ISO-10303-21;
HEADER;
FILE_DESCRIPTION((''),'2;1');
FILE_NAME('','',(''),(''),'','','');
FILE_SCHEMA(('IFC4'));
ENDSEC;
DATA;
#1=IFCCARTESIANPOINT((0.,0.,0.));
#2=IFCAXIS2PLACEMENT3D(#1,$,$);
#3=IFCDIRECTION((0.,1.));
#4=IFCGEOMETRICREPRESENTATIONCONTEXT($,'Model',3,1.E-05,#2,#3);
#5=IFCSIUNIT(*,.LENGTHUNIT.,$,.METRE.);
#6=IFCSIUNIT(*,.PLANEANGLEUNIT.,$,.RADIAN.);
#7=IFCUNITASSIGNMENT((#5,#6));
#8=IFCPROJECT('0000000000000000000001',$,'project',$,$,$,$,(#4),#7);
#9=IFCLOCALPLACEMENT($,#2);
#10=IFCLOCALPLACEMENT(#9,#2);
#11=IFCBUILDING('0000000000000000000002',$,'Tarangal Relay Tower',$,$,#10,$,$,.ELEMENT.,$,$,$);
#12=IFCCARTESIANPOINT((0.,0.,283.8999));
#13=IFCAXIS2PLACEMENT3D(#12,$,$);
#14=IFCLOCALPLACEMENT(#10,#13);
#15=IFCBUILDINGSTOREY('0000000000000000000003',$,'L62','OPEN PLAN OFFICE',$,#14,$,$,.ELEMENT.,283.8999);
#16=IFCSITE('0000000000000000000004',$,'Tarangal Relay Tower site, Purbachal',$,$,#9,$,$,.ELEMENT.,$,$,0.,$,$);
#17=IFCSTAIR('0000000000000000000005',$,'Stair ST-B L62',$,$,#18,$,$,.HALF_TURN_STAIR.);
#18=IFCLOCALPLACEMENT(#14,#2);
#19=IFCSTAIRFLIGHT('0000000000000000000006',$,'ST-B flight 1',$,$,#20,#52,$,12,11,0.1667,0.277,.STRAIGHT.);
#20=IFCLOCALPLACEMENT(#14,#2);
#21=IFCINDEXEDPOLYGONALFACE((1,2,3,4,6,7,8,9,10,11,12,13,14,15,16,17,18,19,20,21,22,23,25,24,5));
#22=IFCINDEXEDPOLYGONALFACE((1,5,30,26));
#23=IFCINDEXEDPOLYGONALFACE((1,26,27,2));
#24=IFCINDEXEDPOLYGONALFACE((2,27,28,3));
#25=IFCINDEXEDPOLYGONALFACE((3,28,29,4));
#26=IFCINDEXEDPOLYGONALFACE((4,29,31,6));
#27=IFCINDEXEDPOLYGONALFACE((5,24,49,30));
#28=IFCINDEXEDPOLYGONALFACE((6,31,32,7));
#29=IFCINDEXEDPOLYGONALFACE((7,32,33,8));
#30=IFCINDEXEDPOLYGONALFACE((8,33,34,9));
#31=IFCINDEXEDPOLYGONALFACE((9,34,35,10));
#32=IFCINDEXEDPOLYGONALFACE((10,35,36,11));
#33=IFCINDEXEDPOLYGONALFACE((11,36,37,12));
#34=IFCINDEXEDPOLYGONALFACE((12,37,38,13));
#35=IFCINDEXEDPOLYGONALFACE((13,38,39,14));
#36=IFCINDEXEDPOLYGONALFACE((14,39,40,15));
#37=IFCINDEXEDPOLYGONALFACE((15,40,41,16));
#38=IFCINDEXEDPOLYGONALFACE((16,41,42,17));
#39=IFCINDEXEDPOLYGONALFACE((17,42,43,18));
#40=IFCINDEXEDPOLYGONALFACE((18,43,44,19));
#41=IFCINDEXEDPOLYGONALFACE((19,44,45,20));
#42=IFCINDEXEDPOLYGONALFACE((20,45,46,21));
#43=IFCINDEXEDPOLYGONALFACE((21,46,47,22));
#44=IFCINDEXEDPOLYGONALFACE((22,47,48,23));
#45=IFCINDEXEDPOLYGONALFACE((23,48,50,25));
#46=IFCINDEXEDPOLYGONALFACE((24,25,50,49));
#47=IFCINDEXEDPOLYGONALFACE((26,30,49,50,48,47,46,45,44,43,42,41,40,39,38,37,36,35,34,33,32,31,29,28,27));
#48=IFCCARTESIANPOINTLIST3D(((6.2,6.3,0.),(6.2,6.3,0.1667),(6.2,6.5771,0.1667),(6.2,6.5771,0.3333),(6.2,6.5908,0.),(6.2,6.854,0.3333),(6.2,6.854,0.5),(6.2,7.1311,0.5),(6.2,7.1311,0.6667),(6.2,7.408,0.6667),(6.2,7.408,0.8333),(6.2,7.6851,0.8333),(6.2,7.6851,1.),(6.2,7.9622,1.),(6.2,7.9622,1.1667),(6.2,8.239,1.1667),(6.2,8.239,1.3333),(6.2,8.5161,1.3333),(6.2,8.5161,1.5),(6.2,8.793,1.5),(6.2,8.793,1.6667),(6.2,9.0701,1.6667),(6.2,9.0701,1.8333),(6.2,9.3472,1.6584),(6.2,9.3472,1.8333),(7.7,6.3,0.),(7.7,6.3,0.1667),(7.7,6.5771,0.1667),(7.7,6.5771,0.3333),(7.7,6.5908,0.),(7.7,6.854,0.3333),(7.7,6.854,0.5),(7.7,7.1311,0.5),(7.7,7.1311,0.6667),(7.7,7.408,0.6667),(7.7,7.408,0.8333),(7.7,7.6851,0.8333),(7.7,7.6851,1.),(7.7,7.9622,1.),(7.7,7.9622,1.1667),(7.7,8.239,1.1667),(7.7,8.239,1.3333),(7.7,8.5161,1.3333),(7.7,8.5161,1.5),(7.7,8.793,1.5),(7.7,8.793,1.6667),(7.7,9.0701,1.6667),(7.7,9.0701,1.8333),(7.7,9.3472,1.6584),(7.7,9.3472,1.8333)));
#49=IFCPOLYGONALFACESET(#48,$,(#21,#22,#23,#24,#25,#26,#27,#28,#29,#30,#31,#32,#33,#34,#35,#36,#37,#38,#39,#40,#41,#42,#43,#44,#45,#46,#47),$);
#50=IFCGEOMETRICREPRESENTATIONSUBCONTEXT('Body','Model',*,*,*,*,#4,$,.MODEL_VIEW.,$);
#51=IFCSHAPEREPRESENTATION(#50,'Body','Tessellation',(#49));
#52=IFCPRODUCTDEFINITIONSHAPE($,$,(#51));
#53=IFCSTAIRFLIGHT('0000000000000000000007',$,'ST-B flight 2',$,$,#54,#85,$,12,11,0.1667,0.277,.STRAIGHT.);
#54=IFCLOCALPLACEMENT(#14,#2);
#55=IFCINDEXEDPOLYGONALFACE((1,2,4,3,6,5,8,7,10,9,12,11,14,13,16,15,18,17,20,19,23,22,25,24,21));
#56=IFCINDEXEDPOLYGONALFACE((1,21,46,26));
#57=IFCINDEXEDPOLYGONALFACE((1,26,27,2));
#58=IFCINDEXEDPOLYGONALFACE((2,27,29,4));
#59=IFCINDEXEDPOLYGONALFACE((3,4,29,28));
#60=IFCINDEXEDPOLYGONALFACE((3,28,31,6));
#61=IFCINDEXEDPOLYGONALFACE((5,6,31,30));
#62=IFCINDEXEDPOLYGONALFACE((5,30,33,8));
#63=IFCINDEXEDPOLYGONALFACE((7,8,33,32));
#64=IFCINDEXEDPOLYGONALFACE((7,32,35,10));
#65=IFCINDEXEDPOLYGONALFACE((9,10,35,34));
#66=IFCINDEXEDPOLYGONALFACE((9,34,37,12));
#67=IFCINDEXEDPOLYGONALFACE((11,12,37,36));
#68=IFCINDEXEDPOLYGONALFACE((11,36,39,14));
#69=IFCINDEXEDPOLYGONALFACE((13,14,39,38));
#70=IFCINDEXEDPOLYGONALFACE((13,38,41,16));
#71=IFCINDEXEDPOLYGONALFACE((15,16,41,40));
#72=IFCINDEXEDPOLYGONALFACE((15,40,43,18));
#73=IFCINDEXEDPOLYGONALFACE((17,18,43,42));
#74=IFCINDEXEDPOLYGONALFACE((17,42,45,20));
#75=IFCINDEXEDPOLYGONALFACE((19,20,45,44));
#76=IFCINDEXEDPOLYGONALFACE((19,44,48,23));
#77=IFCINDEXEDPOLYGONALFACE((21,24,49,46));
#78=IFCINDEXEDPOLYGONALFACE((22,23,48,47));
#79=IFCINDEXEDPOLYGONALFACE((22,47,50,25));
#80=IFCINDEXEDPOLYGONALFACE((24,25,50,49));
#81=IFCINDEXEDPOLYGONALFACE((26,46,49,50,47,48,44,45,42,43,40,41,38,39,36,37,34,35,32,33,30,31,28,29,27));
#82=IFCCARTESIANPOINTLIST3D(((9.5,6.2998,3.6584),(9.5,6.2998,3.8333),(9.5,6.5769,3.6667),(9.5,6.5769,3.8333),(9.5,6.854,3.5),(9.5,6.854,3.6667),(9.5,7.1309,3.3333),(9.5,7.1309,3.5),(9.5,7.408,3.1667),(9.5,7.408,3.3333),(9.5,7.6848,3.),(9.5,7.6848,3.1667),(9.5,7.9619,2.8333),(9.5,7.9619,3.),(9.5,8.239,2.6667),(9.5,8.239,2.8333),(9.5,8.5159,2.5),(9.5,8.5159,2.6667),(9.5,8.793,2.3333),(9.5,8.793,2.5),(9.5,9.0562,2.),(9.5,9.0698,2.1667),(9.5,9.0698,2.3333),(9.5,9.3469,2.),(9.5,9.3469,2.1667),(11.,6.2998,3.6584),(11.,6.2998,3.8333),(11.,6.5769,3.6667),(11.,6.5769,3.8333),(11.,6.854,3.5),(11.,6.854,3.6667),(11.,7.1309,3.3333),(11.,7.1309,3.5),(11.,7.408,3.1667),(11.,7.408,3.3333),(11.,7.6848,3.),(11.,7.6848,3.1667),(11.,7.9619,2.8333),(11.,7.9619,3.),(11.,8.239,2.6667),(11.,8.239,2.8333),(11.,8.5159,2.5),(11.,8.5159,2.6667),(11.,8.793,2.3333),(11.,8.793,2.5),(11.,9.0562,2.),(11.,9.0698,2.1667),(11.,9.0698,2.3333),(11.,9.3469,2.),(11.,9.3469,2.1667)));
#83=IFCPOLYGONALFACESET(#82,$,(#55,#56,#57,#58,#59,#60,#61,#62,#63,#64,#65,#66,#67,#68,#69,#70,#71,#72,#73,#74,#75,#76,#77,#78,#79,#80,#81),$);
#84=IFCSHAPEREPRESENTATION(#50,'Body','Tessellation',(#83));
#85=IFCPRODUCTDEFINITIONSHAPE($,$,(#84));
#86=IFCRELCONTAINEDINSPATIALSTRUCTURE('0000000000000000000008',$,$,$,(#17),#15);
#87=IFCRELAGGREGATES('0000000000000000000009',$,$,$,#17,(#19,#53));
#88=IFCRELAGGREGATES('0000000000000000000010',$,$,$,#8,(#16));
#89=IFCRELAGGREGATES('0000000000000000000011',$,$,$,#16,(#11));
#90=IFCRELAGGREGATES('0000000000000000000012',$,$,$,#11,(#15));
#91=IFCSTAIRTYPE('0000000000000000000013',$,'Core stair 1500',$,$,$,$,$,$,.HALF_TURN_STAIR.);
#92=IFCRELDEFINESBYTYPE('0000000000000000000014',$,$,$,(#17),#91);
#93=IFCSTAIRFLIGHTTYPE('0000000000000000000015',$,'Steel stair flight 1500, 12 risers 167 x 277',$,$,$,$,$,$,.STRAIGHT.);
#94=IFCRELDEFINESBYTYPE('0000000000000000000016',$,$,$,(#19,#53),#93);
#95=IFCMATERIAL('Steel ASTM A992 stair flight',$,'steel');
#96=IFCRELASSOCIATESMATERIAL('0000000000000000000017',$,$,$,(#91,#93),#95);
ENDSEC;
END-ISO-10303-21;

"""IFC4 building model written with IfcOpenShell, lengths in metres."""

from ifc_helpers import new_model, si_unit, direction, frame, origin, place, context, subcontext, project, spatial, polyline, outline, extrude, material, type_object, element, aggregate, save


model = new_model("IFC4")

# Units and contexts
model_context = context("Model", 3, precision=1e-05, world=origin(), true_north=direction((0.0, 1.0)))
body_context = subcontext(model_context, "Body", "Model", "MODEL_VIEW")
ifc_project = project(units=[si_unit("LENGTHUNIT", "METRE"), si_unit("PLANEANGLEUNIT", "RADIAN")], contexts=[model_context])

# Site, building, storey
site_placement = place(None, origin())
site = spatial("IfcSite", under=ifc_project, at=site_placement, Name="Tarangal Relay Tower site, Purbachal", CompositionType="ELEMENT", RefElevation=0.0)
building_placement = place(site_placement, origin())
building = spatial("IfcBuilding", under=site, at=building_placement, Name="Tarangal Relay Tower", CompositionType="ELEMENT")
storey_placement = place(building_placement, frame((0.0, 0.0, 283.8999)))
storey = spatial("IfcBuildingStorey", under=building, at=storey_placement, Name="L62", Description="OPEN PLAN OFFICE", CompositionType="ELEMENT", Elevation=283.8999)

# Stair
ifc_material_1 = material(Name="Steel ASTM A992 stair flight", Category="steel")
stair_type = type_object("IfcStairType", Name="Core stair 1500", PredefinedType="HALF_TURN_STAIR", material=ifc_material_1)
stair_1_placement = place(storey_placement, origin())
stair_1 = element("IfcStair", 1, at=stair_1_placement, inside=storey, type_object=stair_type, Name="Stair ST-B L62", PredefinedType="HALF_TURN_STAIR")

# Stair flights
stair_flight_type = type_object("IfcStairFlightType", Name="Steel stair flight 1500, 12 risers 167 x 277", PredefinedType="STRAIGHT", material=ifc_material_1)
stair_flight_1_placement = place(storey_placement, frame((6.95, 6.3, 0.0), z_axis=(0.0, 0.0, 1.0), x_axis=(0.0, 1.0, 0.0)))
stair_flight_1 = element("IfcStairFlight", 2, at=stair_flight_1_placement, type_object=stair_flight_type, Name="ST-B flight 1", NumberOfRisers=12, NumberOfTreads=11, PredefinedType="STRAIGHT", RiserHeight=0.1667, TreadLength=0.277, context=body_context, shape_type="SweptSolid", body=[
    extrude(outline(polyline([(0.0, 0.0), (0.0, 0.1667), (0.2771, 0.1667), (0.2771, 0.3333), (0.554, 0.3333), (0.554, 0.5), (0.8311, 0.5), (0.8311, 0.6667), (1.1079, 0.6667), (1.1079, 0.8333), (1.385, 0.8333), (1.385, 1.0), (1.6621, 1.0), (1.6621, 1.1667), (1.939, 1.1667), (1.939, 1.3333), (2.2161, 1.3333), (2.2161, 1.5), (2.4929, 1.5), (2.4929, 1.6667), (2.77, 1.6667), (2.77, 1.8333), (3.0471, 1.8333), (3.0471, 2.0), (3.0471, 1.6584), (0.2908, 0.0), (0.0, 0.0)])), frame((0.0, 0.75, 0.0), z_axis=(0.0, -1.0, 0.0), x_axis=(1.0, 0.0, 0.0)), (0.0, 0.0, 1.0), 1.5),
])
stair_flight_2_placement = place(storey_placement, frame((10.25, 9.3469, 2.0), z_axis=(0.0, 0.0, 1.0), x_axis=(0.0, -1.0, 0.0)))
stair_flight_2 = element("IfcStairFlight", 3, at=stair_flight_2_placement, type_object=stair_flight_type, Name="ST-B flight 2", NumberOfRisers=12, NumberOfTreads=11, PredefinedType="STRAIGHT", RiserHeight=0.1667, TreadLength=0.277, context=body_context, shape_type="SweptSolid", body=[
    extrude(outline(polyline([(0.0, 0.0), (0.0, 0.1667), (0.2771, 0.1667), (0.2771, 0.3333), (0.554, 0.3333), (0.554, 0.5), (0.8311, 0.5), (0.8311, 0.6667), (1.1079, 0.6667), (1.1079, 0.8333), (1.385, 0.8333), (1.385, 1.0), (1.6621, 1.0), (1.6621, 1.1667), (1.939, 1.1667), (1.939, 1.3333), (2.2161, 1.3333), (2.2161, 1.5), (2.4929, 1.5), (2.4929, 1.6667), (2.77, 1.6667), (2.77, 1.8333), (3.0471, 1.8333), (3.0471, 2.0), (3.0471, 1.6584), (0.2908, 0.0), (0.0, 0.0)])), frame((0.0, 0.75, 0.0), z_axis=(0.0, -1.0, 0.0), x_axis=(1.0, 0.0, 0.0)), (0.0, 0.0, 1.0), 1.5),
])
aggregate(stair_1, [stair_flight_1, stair_flight_2])

save(model, "model.ifc")
